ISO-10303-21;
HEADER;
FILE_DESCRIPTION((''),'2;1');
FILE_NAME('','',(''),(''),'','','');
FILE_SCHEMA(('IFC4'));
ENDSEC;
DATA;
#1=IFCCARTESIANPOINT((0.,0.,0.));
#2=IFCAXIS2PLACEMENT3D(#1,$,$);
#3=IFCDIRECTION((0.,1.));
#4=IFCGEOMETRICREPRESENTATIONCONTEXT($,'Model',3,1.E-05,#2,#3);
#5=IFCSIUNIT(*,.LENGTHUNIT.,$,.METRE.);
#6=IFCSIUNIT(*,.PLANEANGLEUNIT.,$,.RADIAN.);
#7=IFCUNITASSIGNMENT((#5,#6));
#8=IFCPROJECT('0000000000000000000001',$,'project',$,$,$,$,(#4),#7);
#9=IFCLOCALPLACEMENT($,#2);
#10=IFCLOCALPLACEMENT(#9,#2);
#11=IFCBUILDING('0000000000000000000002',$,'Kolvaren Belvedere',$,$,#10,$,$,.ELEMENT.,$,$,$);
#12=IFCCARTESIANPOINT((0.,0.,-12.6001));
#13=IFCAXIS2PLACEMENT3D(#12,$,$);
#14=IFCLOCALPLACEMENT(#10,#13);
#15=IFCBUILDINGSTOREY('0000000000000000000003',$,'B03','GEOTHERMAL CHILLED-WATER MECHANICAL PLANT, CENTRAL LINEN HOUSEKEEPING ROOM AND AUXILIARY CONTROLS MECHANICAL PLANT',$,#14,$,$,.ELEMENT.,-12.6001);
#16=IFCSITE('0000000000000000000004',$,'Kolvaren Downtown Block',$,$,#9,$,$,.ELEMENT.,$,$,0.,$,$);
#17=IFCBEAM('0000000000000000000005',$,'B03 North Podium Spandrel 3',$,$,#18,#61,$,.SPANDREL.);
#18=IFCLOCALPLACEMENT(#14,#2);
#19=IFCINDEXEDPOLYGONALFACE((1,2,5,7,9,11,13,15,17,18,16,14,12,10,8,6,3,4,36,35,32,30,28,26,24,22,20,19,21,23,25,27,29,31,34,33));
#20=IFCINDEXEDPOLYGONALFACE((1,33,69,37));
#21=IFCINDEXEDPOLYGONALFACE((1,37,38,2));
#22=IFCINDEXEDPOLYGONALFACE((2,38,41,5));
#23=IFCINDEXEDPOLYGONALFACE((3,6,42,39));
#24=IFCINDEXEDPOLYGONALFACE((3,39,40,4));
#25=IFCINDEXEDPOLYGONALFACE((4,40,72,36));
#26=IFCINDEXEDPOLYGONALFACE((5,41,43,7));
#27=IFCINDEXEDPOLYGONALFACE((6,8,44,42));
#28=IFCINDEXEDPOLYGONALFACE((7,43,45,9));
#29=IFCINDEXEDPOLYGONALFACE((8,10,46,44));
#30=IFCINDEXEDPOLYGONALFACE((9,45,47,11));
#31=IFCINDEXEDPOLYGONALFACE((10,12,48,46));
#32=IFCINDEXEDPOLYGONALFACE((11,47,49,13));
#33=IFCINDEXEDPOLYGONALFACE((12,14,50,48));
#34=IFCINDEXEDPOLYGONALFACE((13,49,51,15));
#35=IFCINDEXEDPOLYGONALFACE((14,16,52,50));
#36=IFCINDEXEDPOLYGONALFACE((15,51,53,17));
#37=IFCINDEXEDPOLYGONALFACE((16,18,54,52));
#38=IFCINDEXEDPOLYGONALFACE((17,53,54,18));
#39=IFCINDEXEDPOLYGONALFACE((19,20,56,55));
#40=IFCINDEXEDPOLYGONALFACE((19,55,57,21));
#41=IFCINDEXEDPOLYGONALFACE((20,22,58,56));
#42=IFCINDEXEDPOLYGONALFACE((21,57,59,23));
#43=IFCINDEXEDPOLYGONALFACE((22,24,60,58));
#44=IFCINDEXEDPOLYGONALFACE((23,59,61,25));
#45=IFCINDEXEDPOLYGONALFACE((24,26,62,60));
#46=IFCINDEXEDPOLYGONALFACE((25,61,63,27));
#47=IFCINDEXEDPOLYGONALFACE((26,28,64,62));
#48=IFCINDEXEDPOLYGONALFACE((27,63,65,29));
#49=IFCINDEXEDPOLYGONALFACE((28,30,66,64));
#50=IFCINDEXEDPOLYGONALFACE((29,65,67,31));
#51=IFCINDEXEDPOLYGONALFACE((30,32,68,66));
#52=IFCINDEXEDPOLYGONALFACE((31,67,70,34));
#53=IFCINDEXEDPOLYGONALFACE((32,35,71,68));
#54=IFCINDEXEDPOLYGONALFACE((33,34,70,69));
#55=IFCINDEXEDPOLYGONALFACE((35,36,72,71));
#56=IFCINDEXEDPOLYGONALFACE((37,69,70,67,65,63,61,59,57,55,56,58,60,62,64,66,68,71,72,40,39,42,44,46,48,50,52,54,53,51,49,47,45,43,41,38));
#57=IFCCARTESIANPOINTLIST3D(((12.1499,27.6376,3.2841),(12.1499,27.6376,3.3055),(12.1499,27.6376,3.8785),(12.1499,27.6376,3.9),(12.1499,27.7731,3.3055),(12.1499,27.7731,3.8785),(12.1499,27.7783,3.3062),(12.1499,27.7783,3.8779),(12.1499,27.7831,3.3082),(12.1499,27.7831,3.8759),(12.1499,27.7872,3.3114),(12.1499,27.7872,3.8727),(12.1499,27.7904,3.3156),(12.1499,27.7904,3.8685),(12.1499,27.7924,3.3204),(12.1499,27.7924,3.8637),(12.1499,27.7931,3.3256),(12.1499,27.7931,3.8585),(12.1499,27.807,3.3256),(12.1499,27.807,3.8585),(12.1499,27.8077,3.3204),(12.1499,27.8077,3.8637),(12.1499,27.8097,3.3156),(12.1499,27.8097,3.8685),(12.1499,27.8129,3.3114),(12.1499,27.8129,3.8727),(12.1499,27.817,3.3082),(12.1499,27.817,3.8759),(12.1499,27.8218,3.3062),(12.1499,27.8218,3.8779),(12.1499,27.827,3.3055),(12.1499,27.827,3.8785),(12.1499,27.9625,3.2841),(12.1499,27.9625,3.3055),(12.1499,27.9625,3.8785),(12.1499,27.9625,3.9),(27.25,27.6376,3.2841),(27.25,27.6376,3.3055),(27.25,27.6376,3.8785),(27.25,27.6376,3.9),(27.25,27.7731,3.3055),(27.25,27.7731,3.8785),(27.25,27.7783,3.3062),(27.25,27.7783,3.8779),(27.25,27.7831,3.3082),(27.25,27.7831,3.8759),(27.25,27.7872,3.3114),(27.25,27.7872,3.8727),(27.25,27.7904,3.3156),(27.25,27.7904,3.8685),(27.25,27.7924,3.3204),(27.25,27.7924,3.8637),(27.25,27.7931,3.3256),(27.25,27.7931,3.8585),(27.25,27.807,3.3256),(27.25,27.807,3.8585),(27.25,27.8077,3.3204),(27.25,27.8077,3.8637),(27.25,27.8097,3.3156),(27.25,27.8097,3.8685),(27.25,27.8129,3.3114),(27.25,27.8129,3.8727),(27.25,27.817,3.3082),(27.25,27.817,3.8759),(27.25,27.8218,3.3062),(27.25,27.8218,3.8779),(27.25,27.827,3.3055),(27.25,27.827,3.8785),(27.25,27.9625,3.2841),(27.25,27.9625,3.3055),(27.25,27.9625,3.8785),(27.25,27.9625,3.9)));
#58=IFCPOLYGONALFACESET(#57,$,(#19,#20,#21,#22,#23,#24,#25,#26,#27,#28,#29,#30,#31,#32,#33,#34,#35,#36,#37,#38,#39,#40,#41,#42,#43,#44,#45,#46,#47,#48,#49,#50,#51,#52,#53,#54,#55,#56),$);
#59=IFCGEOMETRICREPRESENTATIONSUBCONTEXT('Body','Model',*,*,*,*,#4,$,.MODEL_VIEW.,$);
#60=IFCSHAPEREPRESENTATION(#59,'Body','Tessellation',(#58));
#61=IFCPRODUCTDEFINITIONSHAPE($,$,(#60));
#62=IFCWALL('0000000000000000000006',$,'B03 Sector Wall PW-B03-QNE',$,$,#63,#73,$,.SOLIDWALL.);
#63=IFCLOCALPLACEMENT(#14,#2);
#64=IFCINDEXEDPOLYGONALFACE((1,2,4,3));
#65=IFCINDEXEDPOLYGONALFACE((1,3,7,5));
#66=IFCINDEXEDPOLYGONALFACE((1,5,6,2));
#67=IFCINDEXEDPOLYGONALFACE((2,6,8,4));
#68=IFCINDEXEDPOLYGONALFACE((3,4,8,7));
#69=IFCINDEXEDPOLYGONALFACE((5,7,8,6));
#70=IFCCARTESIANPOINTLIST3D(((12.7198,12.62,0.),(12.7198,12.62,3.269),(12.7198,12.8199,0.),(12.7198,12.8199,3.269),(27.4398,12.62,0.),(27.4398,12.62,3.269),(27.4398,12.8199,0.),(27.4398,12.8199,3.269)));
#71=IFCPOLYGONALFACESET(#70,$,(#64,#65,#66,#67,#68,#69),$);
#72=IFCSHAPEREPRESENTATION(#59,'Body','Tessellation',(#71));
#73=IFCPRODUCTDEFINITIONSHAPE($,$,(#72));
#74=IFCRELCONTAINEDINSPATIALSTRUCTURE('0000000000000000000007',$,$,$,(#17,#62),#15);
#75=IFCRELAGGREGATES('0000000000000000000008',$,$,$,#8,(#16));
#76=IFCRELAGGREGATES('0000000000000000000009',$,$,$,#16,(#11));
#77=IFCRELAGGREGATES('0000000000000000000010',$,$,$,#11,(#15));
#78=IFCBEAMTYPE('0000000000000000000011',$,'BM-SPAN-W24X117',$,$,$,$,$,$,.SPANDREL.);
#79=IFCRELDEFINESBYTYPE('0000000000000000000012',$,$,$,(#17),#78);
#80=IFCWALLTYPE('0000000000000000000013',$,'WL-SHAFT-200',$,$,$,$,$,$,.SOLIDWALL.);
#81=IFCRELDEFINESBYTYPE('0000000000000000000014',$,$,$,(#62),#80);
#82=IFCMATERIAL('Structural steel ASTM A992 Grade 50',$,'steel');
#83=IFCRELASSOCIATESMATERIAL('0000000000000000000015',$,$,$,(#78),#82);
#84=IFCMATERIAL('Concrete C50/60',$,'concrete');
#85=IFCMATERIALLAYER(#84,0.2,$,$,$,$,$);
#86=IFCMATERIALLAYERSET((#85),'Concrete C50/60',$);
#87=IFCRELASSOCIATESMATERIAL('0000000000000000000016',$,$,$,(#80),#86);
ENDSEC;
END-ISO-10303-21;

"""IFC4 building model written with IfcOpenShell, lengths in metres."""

from ifc_helpers import new_model, si_unit, direction, frame, frame_2d, origin, origin_2d, place, context, subcontext, project, spatial, rectangle, i_section, extrude, material, layer, layer_set, material_profile, profile_set, type_object, element, save


model = new_model("IFC4")

# Units and contexts
model_context = context("Model", 3, precision=1e-05, world=origin(), true_north=direction((0.0, 1.0)))
body_context = subcontext(model_context, "Body", "Model", "MODEL_VIEW")
ifc_project = project(units=[si_unit("LENGTHUNIT", "METRE"), si_unit("PLANEANGLEUNIT", "RADIAN")], contexts=[model_context])

# Site, building, storey
site_placement = place(None, origin())
site = spatial("IfcSite", under=ifc_project, at=site_placement, Name="Kolvaren Downtown Block", CompositionType="ELEMENT", RefElevation=0.0)
building_placement = place(site_placement, origin())
building = spatial("IfcBuilding", under=site, at=building_placement, Name="Kolvaren Belvedere", CompositionType="ELEMENT")
storey_placement = place(building_placement, frame((0.0, 0.0, -12.6001)))
storey = spatial("IfcBuildingStorey", under=building, at=storey_placement, Name="B03", Description="GEOTHERMAL CHILLED-WATER MECHANICAL PLANT, CENTRAL LINEN HOUSEKEEPING ROOM AND AUXILIARY CONTROLS MECHANICAL PLANT", CompositionType="ELEMENT", Elevation=-12.6001)

# Beam
ifc_material_1 = material(Name="Structural steel ASTM A992 Grade 50", Category="steel")
ifc_material_profile_1 = material_profile(ifc_material_1, i_section(OverallWidth=0.325, OverallDepth=0.616, WebThickness=0.0139, FlangeThickness=0.0215, FilletRadius=0.02, at=origin_2d()), Name="W24X117")
ifc_profile_set_1 = profile_set([ifc_material_profile_1], Name="Structural steel ASTM A992 Grade 50")
beam_type_1 = type_object("IfcBeamType", Name="BM-SPAN-W24X117", PredefinedType="SPANDREL", material=ifc_profile_set_1)
beam_1_placement = place(storey_placement, frame((12.1499, 27.8, 3.592), z_axis=(1.0, 0.0, 0.0), x_axis=(0.0, 1.0, 0.0)))
element("IfcBeam", 1, at=beam_1_placement, inside=storey, type_object=beam_type_1, Name="B03 North Podium Spandrel 3", PredefinedType="SPANDREL", context=body_context, shape_type="SweptSolid", body=[
    extrude(i_section(OverallWidth=0.325, OverallDepth=0.616, WebThickness=0.0139, FlangeThickness=0.0215, FilletRadius=0.02, at=origin_2d()), origin(), (0.0, 0.0, 1.0), 15.1001),
])

# Wall
ifc_material_2 = material(Name="Concrete C50/60", Category="concrete")
ifc_layer = layer(ifc_material_2, 0.2)
ifc_layer_set = layer_set([ifc_layer], Name="Concrete C50/60")
wall_type = type_object("IfcWallType", Name="WL-SHAFT-200", PredefinedType="SOLIDWALL", material=ifc_layer_set)
wall_placement = place(storey_placement, frame((12.72, 12.72, 0.0), z_axis=(0.0, 0.0, 1.0), x_axis=(1.0, 0.0, 0.0)))
element("IfcWall", 2, at=wall_placement, inside=storey, type_object=wall_type, Name="B03 Sector Wall PW-B03-QNE", PredefinedType="SOLIDWALL", context=body_context, shape_type="SweptSolid", body=[
    extrude(rectangle(XDim=14.72, YDim=0.2, at=frame_2d((7.3599, 0.0))), origin(), (0.0, 0.0, 1.0), 3.269),
])

save(model, "model.ifc")
